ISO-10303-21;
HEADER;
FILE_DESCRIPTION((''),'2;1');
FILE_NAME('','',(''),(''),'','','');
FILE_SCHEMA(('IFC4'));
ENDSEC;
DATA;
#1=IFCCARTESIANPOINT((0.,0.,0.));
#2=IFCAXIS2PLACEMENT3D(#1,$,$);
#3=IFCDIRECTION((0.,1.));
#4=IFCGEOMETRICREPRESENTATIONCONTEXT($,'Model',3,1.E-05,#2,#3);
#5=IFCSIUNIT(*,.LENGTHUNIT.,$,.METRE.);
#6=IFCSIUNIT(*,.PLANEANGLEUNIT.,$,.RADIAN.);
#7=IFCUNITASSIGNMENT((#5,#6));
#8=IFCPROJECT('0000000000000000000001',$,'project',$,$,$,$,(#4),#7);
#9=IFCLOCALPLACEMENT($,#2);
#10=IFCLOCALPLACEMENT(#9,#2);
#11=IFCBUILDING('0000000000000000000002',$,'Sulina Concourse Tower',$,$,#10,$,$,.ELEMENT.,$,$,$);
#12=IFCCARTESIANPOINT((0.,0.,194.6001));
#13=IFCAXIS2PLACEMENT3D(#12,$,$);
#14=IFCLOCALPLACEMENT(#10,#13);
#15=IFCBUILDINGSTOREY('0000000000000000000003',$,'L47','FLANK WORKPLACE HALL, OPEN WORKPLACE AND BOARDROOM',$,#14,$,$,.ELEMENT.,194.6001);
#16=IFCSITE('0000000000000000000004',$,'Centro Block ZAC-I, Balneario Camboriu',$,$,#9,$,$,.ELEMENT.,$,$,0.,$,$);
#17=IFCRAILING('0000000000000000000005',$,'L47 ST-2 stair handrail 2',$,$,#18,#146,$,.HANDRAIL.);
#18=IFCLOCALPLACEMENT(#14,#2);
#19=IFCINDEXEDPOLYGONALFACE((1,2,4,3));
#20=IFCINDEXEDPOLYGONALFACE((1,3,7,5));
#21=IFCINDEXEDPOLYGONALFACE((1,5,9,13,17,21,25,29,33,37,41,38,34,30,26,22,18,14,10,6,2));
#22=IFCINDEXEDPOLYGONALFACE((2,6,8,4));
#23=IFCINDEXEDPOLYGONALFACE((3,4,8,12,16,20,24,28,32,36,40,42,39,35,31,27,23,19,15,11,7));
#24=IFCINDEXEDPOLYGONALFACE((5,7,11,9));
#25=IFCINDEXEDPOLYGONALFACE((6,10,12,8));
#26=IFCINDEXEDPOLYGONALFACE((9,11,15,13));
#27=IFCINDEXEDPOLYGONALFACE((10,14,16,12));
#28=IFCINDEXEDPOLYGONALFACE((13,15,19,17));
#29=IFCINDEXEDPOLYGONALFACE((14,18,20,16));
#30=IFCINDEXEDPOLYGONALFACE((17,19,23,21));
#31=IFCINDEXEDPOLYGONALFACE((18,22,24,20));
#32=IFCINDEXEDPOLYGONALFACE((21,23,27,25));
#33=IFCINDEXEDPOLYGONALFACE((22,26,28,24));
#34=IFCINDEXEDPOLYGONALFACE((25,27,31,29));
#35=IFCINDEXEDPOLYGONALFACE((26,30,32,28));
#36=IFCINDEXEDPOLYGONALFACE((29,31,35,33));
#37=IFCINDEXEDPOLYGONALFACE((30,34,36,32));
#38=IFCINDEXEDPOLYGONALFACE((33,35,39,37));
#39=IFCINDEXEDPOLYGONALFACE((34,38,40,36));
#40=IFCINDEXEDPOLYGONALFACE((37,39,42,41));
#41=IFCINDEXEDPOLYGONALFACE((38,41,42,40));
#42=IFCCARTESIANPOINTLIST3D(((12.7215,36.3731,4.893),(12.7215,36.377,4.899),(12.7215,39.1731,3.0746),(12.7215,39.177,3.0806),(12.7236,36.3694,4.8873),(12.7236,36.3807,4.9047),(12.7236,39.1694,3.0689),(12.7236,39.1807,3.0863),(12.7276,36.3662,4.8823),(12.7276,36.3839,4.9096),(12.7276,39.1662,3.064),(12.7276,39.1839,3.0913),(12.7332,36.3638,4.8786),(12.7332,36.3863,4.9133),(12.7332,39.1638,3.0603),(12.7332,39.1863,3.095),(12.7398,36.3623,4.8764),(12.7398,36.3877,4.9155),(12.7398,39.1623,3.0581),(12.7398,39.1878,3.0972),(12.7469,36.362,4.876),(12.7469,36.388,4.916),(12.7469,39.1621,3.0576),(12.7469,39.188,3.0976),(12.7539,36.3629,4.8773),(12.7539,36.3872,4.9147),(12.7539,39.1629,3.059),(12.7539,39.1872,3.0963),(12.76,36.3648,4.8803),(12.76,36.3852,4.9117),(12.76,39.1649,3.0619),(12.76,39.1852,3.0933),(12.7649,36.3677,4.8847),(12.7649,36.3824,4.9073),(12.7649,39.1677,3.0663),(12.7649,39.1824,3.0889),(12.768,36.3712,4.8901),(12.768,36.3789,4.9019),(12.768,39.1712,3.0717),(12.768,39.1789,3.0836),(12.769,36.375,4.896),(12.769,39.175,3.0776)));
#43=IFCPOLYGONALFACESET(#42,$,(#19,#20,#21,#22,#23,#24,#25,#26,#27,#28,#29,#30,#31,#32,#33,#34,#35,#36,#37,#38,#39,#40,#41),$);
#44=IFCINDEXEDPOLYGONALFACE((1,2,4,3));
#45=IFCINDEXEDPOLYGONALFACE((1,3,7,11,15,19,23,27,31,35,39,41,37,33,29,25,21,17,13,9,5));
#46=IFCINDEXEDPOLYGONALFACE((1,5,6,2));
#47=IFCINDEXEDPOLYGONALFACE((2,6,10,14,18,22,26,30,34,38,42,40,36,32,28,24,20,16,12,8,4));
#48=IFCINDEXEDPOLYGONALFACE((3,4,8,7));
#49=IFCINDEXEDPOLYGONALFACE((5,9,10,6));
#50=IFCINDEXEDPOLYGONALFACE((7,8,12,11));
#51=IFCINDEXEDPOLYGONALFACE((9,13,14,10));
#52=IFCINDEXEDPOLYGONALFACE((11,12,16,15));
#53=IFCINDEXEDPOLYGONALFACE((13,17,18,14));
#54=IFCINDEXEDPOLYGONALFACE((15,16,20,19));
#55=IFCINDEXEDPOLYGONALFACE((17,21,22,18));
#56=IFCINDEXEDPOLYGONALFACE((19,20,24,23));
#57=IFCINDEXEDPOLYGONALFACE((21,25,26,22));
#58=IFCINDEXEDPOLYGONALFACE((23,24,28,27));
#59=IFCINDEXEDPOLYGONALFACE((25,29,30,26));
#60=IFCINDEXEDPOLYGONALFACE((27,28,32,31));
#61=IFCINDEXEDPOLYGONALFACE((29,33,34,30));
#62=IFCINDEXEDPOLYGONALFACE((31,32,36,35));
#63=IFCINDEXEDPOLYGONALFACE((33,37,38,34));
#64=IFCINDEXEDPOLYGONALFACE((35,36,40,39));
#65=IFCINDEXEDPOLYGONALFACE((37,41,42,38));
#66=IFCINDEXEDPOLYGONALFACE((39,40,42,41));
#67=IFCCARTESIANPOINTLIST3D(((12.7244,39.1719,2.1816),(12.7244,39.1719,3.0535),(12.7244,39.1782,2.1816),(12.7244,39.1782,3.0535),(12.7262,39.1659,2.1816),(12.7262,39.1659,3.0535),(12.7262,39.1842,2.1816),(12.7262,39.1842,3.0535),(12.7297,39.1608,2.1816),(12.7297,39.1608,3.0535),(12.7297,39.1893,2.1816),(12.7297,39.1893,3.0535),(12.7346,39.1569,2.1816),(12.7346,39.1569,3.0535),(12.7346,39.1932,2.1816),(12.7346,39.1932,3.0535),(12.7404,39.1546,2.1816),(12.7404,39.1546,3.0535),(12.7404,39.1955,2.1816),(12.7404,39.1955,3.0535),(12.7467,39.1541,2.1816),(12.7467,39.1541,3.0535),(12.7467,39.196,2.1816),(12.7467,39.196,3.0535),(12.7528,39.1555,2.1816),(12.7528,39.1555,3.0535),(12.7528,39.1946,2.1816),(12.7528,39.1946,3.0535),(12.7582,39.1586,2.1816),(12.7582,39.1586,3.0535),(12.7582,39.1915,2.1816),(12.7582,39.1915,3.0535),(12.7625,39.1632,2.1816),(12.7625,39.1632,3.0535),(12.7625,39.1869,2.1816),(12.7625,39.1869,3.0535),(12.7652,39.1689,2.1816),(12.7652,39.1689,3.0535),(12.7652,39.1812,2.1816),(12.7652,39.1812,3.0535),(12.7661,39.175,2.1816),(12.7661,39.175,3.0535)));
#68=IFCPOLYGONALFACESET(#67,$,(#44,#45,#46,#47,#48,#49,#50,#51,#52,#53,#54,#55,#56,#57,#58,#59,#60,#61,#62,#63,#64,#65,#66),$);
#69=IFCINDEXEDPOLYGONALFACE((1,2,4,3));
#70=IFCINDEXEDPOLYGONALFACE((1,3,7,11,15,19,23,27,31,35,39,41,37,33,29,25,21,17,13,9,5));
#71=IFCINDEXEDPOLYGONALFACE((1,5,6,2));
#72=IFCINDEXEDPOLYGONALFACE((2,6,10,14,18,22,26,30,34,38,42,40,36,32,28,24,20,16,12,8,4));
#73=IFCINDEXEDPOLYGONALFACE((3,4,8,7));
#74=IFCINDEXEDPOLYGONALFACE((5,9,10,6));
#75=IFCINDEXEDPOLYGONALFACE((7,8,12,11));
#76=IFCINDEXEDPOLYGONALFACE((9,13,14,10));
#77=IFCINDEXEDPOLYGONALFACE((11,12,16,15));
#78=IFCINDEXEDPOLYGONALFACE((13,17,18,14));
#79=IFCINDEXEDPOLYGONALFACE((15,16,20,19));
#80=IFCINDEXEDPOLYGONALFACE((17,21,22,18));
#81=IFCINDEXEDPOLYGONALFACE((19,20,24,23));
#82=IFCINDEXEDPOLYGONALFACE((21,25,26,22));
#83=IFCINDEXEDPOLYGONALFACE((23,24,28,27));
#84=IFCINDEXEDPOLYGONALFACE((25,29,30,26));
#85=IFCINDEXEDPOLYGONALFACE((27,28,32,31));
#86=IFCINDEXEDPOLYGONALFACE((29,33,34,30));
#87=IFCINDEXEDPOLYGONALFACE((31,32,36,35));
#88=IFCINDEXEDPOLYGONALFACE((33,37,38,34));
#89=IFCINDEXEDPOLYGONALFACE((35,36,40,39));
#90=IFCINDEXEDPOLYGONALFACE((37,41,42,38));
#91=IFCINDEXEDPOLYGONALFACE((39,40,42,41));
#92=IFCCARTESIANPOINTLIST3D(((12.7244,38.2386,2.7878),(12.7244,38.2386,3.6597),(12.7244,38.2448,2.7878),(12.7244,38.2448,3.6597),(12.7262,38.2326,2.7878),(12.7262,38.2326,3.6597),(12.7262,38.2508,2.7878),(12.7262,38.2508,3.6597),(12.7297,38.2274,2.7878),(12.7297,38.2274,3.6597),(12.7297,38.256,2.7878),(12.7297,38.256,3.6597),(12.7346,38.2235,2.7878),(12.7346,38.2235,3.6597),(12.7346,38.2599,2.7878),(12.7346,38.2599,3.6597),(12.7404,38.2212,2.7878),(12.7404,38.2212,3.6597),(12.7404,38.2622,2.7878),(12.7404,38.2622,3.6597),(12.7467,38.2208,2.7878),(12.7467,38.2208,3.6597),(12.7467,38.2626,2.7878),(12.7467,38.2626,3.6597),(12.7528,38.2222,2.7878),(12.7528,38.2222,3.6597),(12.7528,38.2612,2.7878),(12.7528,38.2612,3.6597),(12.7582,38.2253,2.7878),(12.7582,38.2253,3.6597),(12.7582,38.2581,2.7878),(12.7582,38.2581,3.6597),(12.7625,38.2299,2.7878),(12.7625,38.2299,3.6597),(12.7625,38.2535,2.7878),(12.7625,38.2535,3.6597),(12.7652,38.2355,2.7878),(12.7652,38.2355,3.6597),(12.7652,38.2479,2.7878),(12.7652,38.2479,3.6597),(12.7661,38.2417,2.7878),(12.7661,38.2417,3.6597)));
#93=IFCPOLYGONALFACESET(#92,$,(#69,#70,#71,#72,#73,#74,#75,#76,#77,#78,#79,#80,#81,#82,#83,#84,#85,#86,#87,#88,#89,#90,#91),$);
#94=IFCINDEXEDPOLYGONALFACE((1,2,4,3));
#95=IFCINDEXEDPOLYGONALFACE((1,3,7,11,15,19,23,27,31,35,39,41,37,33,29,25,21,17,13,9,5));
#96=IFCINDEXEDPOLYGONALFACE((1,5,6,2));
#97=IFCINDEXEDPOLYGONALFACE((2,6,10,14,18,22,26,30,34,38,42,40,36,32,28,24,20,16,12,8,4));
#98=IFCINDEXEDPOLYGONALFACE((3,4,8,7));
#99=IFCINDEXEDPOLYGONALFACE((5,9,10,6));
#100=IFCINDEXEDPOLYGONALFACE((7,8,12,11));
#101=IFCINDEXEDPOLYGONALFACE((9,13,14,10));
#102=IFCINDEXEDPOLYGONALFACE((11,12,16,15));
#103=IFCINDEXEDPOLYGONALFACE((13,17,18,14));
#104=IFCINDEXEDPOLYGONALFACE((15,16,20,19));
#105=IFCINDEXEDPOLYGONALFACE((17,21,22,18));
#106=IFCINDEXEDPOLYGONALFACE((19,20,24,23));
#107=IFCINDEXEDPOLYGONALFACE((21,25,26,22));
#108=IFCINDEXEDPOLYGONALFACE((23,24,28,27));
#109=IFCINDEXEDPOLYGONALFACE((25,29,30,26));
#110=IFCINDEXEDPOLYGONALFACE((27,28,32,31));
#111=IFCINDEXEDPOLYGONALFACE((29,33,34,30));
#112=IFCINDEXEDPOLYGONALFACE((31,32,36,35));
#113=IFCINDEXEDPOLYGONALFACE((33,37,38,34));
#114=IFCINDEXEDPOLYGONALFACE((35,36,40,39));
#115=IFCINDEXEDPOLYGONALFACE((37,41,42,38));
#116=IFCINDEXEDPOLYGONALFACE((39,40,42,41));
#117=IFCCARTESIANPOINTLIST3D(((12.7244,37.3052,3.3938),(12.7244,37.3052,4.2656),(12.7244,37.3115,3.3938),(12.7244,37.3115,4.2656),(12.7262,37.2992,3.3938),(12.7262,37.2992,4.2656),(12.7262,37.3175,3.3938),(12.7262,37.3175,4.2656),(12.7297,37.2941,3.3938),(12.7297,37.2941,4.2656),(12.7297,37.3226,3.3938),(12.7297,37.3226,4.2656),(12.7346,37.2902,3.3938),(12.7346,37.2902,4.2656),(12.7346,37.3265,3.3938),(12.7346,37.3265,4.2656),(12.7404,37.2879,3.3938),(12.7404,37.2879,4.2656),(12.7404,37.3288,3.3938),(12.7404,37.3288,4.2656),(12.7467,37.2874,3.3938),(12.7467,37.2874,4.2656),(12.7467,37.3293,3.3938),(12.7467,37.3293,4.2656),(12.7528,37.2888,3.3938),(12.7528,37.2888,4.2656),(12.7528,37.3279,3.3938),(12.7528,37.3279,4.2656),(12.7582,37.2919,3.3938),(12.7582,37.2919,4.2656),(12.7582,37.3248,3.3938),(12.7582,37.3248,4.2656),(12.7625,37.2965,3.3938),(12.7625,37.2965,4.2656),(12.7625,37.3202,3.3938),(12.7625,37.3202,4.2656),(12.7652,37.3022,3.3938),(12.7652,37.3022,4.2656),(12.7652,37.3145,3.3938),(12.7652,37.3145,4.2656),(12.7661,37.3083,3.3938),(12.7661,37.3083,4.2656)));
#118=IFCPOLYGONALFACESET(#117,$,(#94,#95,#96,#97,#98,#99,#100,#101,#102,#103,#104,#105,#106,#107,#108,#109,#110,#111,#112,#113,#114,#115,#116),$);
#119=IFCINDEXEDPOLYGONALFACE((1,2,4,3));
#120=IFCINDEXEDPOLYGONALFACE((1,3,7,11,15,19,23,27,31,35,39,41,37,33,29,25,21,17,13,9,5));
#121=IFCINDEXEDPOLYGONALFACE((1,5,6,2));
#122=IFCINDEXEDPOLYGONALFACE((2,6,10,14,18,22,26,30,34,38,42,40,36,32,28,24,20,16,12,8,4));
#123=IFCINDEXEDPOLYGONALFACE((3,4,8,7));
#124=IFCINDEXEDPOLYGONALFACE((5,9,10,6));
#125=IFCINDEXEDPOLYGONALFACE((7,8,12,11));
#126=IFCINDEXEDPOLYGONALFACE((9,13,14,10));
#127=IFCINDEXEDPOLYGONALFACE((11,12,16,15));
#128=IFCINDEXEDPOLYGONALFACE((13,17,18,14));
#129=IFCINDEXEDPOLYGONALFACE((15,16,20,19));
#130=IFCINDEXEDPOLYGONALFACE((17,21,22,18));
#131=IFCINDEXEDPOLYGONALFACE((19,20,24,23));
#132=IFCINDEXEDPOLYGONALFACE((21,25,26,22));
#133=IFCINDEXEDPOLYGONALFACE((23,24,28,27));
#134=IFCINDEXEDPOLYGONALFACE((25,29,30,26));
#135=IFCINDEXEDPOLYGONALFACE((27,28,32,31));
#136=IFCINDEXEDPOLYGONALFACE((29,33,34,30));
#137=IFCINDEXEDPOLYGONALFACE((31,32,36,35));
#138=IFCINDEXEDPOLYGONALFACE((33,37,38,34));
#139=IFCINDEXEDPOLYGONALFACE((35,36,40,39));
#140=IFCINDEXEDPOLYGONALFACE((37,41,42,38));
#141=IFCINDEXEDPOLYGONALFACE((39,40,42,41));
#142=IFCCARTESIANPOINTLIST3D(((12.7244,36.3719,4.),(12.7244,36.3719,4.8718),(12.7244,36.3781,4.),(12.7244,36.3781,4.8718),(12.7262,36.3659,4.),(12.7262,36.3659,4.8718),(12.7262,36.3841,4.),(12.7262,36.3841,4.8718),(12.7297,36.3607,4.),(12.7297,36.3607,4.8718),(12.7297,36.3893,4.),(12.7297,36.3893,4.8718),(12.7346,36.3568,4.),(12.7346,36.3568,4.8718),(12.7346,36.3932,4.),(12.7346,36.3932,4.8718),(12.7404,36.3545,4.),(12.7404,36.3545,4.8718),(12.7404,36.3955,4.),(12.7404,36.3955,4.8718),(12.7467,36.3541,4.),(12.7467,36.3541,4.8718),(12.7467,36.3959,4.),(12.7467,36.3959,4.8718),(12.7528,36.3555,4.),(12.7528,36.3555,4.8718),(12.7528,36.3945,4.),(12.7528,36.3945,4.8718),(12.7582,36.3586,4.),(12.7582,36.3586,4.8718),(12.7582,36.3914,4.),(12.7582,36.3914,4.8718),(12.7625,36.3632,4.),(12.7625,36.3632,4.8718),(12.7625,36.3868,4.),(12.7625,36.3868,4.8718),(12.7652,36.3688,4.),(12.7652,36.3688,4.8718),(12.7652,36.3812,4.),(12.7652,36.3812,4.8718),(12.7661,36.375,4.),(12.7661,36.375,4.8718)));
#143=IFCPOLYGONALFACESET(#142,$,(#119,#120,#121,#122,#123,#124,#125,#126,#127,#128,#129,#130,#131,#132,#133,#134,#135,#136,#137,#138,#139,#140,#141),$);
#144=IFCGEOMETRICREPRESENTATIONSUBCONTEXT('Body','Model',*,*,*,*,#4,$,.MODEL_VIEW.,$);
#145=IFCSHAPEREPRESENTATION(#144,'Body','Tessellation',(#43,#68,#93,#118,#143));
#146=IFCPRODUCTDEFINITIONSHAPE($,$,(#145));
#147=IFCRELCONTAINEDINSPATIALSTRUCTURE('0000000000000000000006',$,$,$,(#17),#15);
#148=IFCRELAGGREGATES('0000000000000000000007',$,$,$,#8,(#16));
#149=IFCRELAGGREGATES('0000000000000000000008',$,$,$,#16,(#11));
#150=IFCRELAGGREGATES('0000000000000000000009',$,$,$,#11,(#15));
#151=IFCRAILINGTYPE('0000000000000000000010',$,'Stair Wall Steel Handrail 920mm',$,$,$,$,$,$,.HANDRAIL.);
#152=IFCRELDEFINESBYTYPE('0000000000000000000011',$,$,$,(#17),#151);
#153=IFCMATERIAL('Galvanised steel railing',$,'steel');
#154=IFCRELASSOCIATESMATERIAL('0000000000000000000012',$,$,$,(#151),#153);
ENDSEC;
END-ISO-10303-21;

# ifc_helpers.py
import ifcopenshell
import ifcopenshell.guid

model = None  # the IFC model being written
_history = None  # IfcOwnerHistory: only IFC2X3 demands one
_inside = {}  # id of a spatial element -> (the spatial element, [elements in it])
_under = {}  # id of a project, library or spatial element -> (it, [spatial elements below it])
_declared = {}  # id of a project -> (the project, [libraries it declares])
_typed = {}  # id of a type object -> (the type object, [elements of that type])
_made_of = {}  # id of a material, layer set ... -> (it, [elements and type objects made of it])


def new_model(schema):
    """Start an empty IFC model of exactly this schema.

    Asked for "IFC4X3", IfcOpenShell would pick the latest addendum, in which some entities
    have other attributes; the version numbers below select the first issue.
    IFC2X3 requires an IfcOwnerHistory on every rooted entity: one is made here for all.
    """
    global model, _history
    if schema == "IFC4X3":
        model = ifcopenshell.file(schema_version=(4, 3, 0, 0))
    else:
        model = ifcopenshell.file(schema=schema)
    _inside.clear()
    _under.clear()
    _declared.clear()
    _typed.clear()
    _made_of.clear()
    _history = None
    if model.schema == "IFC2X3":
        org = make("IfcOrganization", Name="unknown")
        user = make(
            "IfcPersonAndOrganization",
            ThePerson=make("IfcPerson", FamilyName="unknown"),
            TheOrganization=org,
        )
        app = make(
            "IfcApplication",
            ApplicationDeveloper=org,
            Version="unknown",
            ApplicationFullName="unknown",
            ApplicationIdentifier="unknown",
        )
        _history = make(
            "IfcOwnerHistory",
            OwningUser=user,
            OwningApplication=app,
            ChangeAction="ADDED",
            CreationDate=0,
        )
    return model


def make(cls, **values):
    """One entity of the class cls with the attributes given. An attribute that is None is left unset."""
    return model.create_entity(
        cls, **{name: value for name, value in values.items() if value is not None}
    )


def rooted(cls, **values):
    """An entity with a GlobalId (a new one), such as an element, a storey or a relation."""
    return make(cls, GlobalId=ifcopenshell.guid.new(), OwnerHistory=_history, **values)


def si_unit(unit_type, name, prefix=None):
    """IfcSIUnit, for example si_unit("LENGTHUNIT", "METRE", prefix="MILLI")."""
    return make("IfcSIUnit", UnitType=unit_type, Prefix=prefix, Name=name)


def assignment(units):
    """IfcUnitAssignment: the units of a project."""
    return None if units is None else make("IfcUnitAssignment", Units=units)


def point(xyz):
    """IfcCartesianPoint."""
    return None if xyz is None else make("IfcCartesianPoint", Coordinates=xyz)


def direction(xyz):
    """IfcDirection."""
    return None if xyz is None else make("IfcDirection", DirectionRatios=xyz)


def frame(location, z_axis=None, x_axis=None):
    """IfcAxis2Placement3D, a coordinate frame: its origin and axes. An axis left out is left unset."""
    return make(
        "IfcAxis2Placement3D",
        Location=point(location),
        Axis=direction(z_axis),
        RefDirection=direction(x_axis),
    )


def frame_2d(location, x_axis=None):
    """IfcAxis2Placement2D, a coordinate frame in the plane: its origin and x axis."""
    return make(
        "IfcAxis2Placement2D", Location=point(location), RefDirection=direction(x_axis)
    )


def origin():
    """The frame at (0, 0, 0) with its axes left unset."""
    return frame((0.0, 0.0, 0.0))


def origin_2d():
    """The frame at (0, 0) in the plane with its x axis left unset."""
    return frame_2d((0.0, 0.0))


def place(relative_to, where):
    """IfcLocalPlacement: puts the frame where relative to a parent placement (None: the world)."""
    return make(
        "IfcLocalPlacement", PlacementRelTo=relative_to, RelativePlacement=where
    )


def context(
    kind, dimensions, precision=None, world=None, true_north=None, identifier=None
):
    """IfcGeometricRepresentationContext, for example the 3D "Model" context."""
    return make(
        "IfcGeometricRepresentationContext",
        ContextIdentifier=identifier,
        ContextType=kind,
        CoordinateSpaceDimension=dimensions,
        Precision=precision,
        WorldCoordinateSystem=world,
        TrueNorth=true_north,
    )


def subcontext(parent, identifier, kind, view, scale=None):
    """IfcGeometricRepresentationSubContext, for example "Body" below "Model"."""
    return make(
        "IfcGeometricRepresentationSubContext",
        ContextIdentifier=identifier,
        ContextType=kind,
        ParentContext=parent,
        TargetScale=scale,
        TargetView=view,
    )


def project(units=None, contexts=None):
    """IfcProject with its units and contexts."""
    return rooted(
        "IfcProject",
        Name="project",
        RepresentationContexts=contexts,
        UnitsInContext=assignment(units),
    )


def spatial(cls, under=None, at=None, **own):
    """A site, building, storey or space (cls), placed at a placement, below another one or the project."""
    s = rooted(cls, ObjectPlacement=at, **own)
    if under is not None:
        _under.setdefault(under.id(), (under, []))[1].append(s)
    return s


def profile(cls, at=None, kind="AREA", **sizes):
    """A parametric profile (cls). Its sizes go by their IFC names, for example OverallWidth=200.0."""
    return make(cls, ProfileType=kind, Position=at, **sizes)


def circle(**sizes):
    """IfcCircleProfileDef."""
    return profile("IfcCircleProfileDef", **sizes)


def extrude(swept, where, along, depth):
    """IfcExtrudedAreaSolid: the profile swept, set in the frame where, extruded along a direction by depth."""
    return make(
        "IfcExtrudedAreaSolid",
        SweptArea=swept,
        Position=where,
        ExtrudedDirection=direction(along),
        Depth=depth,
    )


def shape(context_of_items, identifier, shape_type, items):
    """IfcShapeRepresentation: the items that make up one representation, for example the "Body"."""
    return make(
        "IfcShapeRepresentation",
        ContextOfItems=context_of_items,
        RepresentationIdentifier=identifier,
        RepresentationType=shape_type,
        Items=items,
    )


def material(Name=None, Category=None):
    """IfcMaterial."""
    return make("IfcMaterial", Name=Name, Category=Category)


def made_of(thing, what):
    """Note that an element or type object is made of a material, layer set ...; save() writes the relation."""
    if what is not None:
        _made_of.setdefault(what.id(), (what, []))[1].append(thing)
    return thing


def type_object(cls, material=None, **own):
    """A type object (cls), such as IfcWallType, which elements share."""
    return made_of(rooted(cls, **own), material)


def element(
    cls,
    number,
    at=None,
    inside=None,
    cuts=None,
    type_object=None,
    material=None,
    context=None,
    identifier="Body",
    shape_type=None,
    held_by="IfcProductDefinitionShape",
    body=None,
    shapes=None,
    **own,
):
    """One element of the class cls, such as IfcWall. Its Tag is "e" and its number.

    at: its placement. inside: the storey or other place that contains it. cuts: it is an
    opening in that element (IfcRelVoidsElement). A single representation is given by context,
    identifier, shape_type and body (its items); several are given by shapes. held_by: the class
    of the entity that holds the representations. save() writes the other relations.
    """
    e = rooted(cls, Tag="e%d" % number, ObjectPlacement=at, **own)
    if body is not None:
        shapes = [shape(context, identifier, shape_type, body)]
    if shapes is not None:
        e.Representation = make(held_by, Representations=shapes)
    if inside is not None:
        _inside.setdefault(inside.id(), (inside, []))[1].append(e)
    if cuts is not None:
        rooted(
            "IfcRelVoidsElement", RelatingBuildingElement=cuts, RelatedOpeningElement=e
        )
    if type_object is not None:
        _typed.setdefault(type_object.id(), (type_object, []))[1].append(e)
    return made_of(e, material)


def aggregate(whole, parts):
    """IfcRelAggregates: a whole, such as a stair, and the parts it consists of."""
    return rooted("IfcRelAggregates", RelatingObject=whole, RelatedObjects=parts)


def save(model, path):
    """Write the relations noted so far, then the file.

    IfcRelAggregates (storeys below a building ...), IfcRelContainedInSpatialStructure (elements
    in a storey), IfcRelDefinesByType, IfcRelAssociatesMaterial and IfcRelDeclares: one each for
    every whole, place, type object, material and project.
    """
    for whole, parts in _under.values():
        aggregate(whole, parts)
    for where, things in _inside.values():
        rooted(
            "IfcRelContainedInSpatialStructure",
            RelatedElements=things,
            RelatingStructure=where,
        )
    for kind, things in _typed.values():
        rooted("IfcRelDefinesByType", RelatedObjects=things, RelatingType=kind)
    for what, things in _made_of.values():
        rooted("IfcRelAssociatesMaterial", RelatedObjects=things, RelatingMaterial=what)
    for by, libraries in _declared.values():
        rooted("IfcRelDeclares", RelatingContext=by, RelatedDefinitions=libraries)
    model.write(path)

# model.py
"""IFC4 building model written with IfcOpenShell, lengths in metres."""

from ifc_helpers import new_model, si_unit, direction, frame, origin, origin_2d, place, context, subcontext, project, spatial, circle, extrude, material, type_object, element, save


model = new_model("IFC4")

# Units and contexts
model_context = context("Model", 3, precision=1e-05, world=origin(), true_north=direction((0.0, 1.0)))
body_context = subcontext(model_context, "Body", "Model", "MODEL_VIEW")
ifc_project = project(units=[si_unit("LENGTHUNIT", "METRE"), si_unit("PLANEANGLEUNIT", "RADIAN")], contexts=[model_context])

# Site, building, storey
site_placement = place(None, origin())
site = spatial("IfcSite", under=ifc_project, at=site_placement, Name="Centro Block ZAC-I, Balneario Camboriu", CompositionType="ELEMENT", RefElevation=0.0)
building_placement = place(site_placement, origin())
building = spatial("IfcBuilding", under=site, at=building_placement, Name="Sulina Concourse Tower", CompositionType="ELEMENT")
storey_placement = place(building_placement, frame((0.0, 0.0, 194.6001)))
storey = spatial("IfcBuildingStorey", under=building, at=storey_placement, Name="L47", Description="FLANK WORKPLACE HALL, OPEN WORKPLACE AND BOARDROOM", CompositionType="ELEMENT", Elevation=194.6001)

# Railing
ifc_material_1 = material(Name="Galvanised steel railing", Category="steel")
railing_type_1 = type_object("IfcRailingType", Name="Stair Wall Steel Handrail 920mm", PredefinedType="HANDRAIL", material=ifc_material_1)
railing_1_placement = place(storey_placement, frame((12.7451, 39.175, 2.1816)))
element("IfcRailing", 1, at=railing_1_placement, inside=storey, type_object=railing_type_1, Name="L47 ST-2 stair handrail 2", PredefinedType="HANDRAIL", context=body_context, shape_type="SweptSolid", body=[
    extrude(circle(Radius=0.0239, at=origin_2d()), frame((0.0, 0.0, 0.896), z_axis=(0.0, -0.838672, 0.544636), x_axis=(1.0, 0.0, 0.0)), (0.0, 0.0, 1.0), 3.3386),
    extrude(circle(Radius=0.021, at=origin_2d()), origin(), (0.0, 0.0, 1.0), 0.8718),
    extrude(circle(Radius=0.021, at=origin_2d()), frame((0.0, -0.9333, 0.6062)), (0.0, 0.0, 1.0), 0.8718),
    extrude(circle(Radius=0.021, at=origin_2d()), frame((0.0, -1.8667, 1.2122)), (0.0, 0.0, 1.0), 0.8718),
    extrude(circle(Radius=0.021, at=origin_2d()), frame((0.0, -2.8, 1.8184)), (0.0, 0.0, 1.0), 0.8718),
])

save(model, "model.ifc")
